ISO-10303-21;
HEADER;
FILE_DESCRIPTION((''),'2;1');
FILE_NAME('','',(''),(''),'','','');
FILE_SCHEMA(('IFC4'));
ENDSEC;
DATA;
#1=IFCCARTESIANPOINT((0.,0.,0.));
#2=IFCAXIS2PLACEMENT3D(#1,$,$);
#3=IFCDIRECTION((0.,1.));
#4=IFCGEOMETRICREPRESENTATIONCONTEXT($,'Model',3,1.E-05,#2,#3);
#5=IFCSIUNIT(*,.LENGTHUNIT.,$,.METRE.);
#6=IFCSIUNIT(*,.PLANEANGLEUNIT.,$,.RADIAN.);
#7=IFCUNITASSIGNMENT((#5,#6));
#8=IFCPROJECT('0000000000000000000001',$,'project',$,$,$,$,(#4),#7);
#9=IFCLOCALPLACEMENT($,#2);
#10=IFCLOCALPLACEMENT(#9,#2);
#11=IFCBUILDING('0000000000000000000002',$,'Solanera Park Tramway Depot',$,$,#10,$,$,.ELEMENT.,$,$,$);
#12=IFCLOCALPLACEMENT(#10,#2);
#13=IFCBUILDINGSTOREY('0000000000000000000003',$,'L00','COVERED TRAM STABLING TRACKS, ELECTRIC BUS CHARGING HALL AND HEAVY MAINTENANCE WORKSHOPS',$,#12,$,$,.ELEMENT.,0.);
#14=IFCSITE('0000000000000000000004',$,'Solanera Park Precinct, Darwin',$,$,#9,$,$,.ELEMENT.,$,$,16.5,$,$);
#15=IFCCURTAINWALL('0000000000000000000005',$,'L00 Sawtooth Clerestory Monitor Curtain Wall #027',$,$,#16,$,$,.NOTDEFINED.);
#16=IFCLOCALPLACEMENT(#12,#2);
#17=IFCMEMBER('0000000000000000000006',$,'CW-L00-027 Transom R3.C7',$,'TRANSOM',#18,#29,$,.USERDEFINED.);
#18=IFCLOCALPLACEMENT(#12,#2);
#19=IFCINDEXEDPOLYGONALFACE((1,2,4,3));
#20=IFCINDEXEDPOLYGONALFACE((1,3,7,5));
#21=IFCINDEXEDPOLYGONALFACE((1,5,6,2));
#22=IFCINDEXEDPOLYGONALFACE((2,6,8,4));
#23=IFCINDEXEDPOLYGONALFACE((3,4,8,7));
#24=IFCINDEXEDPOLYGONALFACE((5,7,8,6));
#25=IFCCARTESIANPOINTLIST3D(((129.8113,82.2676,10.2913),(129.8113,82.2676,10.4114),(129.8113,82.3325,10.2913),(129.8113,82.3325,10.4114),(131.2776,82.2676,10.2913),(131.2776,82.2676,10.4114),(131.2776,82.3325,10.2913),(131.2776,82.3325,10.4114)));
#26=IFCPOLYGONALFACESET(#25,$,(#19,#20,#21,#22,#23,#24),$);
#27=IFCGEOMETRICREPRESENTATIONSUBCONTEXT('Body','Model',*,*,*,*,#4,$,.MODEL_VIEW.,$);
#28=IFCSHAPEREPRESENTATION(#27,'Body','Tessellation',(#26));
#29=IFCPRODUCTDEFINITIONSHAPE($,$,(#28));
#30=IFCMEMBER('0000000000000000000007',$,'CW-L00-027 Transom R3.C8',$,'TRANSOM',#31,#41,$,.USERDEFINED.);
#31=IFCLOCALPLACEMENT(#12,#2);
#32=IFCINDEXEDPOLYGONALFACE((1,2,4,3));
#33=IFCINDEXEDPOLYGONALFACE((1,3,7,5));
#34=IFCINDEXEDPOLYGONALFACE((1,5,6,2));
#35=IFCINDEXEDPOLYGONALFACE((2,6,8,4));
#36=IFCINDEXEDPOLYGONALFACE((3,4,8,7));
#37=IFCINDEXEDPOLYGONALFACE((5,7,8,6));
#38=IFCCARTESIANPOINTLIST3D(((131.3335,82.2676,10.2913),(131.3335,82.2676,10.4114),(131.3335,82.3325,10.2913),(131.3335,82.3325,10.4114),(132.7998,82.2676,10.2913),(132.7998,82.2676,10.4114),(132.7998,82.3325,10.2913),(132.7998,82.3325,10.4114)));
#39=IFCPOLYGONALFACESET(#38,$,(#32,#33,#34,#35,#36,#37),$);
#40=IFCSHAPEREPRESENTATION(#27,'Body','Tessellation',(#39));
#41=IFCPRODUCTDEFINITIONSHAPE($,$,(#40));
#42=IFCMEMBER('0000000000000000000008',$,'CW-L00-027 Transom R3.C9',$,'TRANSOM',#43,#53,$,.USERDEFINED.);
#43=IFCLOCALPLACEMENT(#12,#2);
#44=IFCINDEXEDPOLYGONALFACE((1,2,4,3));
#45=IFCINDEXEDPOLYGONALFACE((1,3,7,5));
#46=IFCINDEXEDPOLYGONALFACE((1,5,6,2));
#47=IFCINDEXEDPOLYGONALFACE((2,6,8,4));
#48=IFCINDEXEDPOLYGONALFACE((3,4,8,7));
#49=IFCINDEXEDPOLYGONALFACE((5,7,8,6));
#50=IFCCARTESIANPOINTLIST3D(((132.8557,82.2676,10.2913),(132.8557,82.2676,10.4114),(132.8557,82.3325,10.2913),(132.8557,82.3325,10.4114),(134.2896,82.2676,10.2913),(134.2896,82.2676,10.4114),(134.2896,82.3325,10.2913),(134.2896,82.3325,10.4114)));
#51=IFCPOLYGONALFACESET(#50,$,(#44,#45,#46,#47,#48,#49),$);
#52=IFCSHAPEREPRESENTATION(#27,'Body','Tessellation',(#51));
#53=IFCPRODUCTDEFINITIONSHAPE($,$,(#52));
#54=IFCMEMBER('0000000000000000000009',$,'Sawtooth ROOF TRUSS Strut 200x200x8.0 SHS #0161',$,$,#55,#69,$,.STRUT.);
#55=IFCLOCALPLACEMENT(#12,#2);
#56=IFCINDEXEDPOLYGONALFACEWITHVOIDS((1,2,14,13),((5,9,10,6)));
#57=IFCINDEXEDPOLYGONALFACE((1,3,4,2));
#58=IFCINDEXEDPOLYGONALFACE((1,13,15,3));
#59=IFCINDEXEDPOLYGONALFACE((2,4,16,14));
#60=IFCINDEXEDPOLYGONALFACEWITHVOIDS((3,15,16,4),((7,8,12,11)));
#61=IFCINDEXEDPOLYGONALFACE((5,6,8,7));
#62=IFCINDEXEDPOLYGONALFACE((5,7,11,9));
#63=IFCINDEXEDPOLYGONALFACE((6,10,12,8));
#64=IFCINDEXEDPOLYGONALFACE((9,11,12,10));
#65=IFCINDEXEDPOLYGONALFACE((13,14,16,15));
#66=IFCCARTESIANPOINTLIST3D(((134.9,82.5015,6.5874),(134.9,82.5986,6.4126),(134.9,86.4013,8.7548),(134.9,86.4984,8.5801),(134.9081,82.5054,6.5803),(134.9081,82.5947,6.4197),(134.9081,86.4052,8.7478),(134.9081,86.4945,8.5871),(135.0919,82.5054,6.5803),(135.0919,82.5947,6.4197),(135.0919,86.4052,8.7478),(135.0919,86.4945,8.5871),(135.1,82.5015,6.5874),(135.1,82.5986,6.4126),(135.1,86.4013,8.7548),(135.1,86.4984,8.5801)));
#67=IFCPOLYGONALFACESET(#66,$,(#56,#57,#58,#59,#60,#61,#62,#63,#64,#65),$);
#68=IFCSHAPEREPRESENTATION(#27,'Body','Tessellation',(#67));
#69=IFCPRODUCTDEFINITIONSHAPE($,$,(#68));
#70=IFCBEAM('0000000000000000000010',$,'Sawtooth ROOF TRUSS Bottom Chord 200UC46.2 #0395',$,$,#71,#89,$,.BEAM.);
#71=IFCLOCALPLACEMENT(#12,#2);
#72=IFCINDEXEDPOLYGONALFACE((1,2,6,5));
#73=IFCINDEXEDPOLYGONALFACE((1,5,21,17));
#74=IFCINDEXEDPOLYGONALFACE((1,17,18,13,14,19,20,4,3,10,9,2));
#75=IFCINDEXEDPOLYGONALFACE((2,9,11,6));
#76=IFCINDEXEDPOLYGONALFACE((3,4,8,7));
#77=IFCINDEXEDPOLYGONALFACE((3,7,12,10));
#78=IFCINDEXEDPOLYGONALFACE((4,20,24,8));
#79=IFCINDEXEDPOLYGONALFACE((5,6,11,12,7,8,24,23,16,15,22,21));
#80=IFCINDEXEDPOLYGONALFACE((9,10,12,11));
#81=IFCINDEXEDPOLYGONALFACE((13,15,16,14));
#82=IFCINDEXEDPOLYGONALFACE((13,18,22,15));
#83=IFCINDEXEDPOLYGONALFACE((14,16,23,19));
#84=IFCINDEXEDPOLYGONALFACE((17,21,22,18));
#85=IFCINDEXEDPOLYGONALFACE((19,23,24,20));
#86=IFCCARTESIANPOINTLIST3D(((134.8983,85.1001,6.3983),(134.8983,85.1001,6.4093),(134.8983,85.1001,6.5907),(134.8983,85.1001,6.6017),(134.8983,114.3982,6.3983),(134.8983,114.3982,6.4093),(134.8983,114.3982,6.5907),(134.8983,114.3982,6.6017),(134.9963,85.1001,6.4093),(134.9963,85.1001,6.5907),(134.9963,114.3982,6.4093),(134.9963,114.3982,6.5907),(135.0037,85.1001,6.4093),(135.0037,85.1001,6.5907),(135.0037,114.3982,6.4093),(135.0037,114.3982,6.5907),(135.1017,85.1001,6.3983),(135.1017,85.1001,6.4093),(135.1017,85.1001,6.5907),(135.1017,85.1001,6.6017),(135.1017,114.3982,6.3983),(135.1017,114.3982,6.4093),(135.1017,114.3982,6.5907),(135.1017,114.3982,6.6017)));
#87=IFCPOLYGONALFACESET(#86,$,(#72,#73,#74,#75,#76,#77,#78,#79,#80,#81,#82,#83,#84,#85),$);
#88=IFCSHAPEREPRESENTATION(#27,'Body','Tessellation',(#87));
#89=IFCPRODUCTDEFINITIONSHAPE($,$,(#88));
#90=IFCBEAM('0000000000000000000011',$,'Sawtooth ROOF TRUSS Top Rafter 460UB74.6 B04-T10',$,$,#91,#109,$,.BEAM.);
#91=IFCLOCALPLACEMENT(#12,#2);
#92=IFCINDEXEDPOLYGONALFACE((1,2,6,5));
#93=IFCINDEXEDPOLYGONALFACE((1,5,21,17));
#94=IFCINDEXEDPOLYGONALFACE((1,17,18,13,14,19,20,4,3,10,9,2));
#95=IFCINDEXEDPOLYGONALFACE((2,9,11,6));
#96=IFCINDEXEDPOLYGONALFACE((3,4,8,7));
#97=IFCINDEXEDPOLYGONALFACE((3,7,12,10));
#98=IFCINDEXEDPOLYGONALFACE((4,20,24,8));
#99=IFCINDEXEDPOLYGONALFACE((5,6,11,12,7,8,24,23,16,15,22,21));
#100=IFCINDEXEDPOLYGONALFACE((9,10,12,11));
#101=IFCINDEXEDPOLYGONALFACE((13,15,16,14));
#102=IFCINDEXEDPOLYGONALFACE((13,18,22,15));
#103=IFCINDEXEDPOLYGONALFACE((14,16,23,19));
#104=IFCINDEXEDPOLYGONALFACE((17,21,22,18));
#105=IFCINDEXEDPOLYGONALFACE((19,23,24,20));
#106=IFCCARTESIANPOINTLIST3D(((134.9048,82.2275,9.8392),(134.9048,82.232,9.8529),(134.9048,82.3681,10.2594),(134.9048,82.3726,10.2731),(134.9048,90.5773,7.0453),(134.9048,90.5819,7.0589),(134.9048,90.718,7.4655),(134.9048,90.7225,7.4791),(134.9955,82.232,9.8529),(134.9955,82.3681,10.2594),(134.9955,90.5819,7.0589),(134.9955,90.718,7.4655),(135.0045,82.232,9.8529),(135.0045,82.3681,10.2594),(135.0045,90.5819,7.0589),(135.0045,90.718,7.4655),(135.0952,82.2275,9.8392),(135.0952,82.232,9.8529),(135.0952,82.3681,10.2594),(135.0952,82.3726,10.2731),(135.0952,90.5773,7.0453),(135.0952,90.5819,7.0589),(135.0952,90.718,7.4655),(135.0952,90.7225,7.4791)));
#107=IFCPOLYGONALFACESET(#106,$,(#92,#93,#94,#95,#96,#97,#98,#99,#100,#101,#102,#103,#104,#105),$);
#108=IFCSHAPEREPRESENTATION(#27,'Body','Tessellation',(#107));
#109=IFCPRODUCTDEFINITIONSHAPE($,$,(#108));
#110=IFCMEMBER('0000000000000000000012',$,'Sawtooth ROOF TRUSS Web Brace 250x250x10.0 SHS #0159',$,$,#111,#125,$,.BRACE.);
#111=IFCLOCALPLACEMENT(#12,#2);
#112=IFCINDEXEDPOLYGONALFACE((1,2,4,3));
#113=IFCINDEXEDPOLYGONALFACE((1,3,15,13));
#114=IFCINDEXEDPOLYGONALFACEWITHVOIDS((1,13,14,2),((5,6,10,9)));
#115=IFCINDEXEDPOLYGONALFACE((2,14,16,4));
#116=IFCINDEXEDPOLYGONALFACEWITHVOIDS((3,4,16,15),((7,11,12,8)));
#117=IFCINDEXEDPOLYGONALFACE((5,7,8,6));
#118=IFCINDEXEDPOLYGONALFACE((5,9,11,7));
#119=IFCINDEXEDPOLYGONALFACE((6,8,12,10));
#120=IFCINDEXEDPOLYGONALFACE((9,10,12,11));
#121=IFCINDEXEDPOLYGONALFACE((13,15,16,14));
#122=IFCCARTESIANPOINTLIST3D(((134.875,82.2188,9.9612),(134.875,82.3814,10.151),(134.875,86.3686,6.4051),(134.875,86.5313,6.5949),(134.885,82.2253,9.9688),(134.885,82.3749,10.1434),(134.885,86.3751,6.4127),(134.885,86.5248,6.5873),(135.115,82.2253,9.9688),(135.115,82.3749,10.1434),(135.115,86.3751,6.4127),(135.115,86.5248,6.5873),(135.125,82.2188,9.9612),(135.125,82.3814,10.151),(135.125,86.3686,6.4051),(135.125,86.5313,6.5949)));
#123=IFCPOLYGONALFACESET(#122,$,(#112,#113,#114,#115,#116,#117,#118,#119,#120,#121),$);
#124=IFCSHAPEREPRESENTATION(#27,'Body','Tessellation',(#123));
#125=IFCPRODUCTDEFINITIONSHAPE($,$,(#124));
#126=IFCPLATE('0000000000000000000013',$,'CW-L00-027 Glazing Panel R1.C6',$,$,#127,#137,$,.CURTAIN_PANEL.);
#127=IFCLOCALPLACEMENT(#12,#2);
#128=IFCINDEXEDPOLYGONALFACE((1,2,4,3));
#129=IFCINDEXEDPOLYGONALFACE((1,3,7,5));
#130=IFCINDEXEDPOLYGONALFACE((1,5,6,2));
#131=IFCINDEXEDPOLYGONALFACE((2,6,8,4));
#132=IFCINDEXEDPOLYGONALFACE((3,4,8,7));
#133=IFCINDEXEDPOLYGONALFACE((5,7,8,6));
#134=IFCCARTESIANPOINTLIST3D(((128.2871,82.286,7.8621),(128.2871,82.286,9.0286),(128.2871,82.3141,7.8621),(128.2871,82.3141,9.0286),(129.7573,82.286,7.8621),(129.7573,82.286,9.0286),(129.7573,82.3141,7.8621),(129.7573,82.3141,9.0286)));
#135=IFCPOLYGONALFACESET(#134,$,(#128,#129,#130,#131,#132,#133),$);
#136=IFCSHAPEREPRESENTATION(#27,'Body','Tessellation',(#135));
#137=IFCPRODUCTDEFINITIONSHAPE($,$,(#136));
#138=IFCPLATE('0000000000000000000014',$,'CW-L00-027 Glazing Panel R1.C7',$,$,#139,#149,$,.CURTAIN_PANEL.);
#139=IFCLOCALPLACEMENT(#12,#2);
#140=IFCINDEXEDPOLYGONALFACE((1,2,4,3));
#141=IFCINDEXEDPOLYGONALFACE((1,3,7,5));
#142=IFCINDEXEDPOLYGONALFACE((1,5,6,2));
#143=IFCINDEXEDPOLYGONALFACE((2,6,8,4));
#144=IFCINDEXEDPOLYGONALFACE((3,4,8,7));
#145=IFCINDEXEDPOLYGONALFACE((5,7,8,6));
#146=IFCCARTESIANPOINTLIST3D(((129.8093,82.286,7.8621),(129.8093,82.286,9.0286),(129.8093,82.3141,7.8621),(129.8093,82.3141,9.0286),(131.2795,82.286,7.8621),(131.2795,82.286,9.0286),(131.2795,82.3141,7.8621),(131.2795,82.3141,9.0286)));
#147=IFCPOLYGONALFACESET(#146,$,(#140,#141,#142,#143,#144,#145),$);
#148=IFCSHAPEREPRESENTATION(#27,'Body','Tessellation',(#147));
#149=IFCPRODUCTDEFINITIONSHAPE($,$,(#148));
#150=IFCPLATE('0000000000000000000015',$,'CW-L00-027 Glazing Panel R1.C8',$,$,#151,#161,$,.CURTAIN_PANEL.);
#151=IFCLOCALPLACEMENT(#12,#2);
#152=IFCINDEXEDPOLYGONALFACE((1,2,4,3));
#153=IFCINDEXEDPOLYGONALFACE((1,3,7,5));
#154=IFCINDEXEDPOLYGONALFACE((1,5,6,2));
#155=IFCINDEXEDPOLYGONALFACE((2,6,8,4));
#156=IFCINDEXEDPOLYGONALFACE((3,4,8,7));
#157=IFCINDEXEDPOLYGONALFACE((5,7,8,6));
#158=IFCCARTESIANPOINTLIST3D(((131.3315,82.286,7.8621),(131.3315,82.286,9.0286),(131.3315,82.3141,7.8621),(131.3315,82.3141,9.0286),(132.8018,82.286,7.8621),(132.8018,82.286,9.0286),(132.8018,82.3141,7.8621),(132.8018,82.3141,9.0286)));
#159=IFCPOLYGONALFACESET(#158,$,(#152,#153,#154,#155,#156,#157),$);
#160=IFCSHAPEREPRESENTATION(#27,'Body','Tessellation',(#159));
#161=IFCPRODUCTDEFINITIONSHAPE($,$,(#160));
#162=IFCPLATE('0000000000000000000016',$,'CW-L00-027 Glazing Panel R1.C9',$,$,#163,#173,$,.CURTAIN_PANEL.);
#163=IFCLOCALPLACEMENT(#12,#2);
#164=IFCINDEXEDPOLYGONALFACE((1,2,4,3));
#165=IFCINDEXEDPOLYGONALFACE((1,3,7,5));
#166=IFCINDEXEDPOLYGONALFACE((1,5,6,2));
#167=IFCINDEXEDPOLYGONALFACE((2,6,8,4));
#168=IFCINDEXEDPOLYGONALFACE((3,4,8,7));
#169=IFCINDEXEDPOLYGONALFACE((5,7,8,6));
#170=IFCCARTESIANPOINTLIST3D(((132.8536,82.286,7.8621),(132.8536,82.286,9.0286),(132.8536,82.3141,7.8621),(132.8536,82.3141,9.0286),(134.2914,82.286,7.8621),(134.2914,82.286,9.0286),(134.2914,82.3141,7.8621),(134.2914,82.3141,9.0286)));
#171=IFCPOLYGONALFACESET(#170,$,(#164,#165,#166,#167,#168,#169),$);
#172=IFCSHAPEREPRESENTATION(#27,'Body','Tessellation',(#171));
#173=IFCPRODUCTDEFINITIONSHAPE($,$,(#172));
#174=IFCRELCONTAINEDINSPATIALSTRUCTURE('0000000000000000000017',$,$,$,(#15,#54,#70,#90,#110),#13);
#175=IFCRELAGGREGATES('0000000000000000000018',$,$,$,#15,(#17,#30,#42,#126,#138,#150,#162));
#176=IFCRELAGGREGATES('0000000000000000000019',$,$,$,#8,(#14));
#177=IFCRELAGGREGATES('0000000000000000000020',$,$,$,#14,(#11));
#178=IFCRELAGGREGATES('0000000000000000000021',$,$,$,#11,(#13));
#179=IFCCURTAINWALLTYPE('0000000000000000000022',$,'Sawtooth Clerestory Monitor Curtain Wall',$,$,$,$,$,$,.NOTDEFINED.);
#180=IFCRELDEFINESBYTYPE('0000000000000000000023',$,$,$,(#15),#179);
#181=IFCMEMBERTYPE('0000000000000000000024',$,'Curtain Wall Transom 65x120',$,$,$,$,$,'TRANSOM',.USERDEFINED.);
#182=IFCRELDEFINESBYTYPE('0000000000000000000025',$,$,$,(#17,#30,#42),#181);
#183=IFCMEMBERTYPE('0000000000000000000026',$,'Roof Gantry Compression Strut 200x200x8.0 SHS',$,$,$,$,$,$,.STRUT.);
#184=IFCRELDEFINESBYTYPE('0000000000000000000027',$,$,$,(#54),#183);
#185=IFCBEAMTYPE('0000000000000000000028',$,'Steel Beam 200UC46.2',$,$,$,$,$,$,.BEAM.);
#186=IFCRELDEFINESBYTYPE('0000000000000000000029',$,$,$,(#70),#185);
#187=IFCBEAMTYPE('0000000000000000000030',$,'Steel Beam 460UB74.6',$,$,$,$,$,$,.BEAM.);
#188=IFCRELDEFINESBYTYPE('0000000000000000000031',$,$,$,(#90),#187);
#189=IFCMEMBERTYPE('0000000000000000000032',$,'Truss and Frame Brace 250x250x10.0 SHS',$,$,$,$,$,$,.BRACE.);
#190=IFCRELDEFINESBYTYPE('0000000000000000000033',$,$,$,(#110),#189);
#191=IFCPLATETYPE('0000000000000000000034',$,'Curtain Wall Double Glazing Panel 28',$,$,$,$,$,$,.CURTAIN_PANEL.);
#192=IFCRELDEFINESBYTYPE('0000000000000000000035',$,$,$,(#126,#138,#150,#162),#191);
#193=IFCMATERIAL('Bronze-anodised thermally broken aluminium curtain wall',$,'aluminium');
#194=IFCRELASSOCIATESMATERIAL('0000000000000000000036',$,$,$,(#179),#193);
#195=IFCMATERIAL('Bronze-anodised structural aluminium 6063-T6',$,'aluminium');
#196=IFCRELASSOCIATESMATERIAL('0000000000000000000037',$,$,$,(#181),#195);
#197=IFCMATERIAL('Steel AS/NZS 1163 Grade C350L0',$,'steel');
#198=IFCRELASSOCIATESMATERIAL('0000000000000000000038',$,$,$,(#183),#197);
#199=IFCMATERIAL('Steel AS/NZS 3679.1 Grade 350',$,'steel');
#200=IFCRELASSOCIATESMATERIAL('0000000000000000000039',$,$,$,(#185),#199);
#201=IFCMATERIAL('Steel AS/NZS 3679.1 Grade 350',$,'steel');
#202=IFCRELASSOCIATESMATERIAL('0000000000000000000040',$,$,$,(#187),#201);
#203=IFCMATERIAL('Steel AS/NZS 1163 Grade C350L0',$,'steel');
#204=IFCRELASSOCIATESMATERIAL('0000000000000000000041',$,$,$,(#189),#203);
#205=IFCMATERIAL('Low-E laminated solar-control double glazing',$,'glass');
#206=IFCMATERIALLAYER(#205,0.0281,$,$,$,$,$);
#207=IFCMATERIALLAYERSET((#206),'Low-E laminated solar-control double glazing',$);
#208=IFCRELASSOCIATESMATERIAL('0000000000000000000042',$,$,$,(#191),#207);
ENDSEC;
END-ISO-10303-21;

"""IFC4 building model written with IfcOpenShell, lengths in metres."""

from ifc_helpers import new_model, si_unit, direction, frame, origin, origin_2d, place, context, subcontext, project, spatial, rectangle, hollow_rectangle, i_section, extrude, material, layer, layer_set, material_profile, profile_set, type_object, element, aggregate, save


model = new_model("IFC4")

# Units and contexts
model_context = context("Model", 3, precision=1e-05, world=origin(), true_north=direction((0.0, 1.0)))
body_context = subcontext(model_context, "Body", "Model", "MODEL_VIEW")
ifc_project = project(units=[si_unit("LENGTHUNIT", "METRE"), si_unit("PLANEANGLEUNIT", "RADIAN")], contexts=[model_context])

# Site, building, storey
site_placement = place(None, origin())
site = spatial("IfcSite", under=ifc_project, at=site_placement, Name="Solanera Park Precinct, Darwin", CompositionType="ELEMENT", RefElevation=16.5)
building_placement = place(site_placement, origin())
building = spatial("IfcBuilding", under=site, at=building_placement, Name="Solanera Park Tramway Depot", CompositionType="ELEMENT")
storey_placement = place(building_placement, origin())
storey = spatial("IfcBuildingStorey", under=building, at=storey_placement, Name="L00", Description="COVERED TRAM STABLING TRACKS, ELECTRIC BUS CHARGING HALL AND HEAVY MAINTENANCE WORKSHOPS", CompositionType="ELEMENT", Elevation=0.0)

# Curtain wall, members
ifc_material_1 = material(Name="Bronze-anodised thermally broken aluminium curtain wall", Category="aluminium")
curtain_wall_type = type_object("IfcCurtainWallType", Name="Sawtooth Clerestory Monitor Curtain Wall", PredefinedType="NOTDEFINED", material=ifc_material_1)
curtain_wall_placement = place(storey_placement, origin())
curtain_wall = element("IfcCurtainWall", 1, at=curtain_wall_placement, inside=storey, type_object=curtain_wall_type, Name="L00 Sawtooth Clerestory Monitor Curtain Wall #027", PredefinedType="NOTDEFINED")
ifc_material_2 = material(Name="Bronze-anodised structural aluminium 6063-T6", Category="aluminium")
ifc_material_profile_1 = material_profile(ifc_material_2, rectangle(XDim=0.0649, YDim=0.1201, at=origin_2d()), Name="Curtain Wall Transom 65x120")
ifc_profile_set_1 = profile_set([ifc_material_profile_1], Name="Bronze-anodised structural aluminium 6063-T6")
member_type_1 = type_object("IfcMemberType", Name="Curtain Wall Transom 65x120", ElementType="TRANSOM", PredefinedType="USERDEFINED", material=ifc_profile_set_1)
member_1_placement = place(storey_placement, frame((129.8113, 82.3, 10.3513), z_axis=(1.0, 0.0, 0.0), x_axis=(0.0, 1.0, 0.0)))
member_1 = element("IfcMember", 2, at=member_1_placement, type_object=member_type_1, Name="CW-L00-027 Transom R3.C7", ObjectType="TRANSOM", PredefinedType="USERDEFINED", context=body_context, shape_type="SweptSolid", body=[
    extrude(rectangle(XDim=0.0649, YDim=0.1201, at=origin_2d()), origin(), (0.0, 0.0, 1.0), 1.4663),
])
member_2_placement = place(storey_placement, frame((131.3335, 82.3, 10.3513), z_axis=(1.0, 0.0, 0.0), x_axis=(0.0, 1.0, 0.0)))
member_2 = element("IfcMember", 3, at=member_2_placement, type_object=member_type_1, Name="CW-L00-027 Transom R3.C8", ObjectType="TRANSOM", PredefinedType="USERDEFINED", context=body_context, shape_type="SweptSolid", body=[
    extrude(rectangle(XDim=0.0649, YDim=0.1201, at=origin_2d()), origin(), (0.0, 0.0, 1.0), 1.4663),
])
member_3_placement = place(storey_placement, frame((132.8557, 82.3, 10.3513), z_axis=(1.0, 0.0, 0.0), x_axis=(0.0, 1.0, 0.0)))
member_3 = element("IfcMember", 4, at=member_3_placement, type_object=member_type_1, Name="CW-L00-027 Transom R3.C9", ObjectType="TRANSOM", PredefinedType="USERDEFINED", context=body_context, shape_type="SweptSolid", body=[
    extrude(rectangle(XDim=0.0649, YDim=0.1201, at=origin_2d()), origin(), (0.0, 0.0, 1.0), 1.4338),
])

# Member
ifc_material_3 = material(Name="Steel AS/NZS 1163 Grade C350L0", Category="steel")
ifc_material_profile_2 = material_profile(ifc_material_3, hollow_rectangle(XDim=0.2, YDim=0.2, WallThickness=0.0081, at=origin_2d()), Name="200x200x8.0 SHS")
ifc_profile_set_2 = profile_set([ifc_material_profile_2], Name="Steel AS/NZS 1163 Grade C350L0")
member_type_2 = type_object("IfcMemberType", Name="Roof Gantry Compression Strut 200x200x8.0 SHS", PredefinedType="STRUT", material=ifc_profile_set_2)
member_4_placement = place(storey_placement, frame((135.0, 82.55, 6.5), z_axis=(0.0, 0.874075, 0.485792), x_axis=(-1.0, 0.0, 0.0)))
element("IfcMember", 5, at=member_4_placement, inside=storey, type_object=member_type_2, Name="Sawtooth ROOF TRUSS Strut 200x200x8.0 SHS #0161", PredefinedType="STRUT", context=body_context, shape_type="SweptSolid", body=[
    extrude(hollow_rectangle(XDim=0.2, YDim=0.2, WallThickness=0.0081, at=origin_2d()), origin(), (0.0, 0.0, 1.0), 4.4617),
])

# Beams
ifc_material_4 = material(Name="Steel AS/NZS 3679.1 Grade 350", Category="steel")
ifc_material_profile_3 = material_profile(ifc_material_4, i_section(OverallWidth=0.2034, OverallDepth=0.2034, WebThickness=0.0073, FlangeThickness=0.011, at=origin_2d()), Name="200UC46.2")
ifc_profile_set_3 = profile_set([ifc_material_profile_3], Name="Steel AS/NZS 3679.1 Grade 350")
beam_type_1 = type_object("IfcBeamType", Name="Steel Beam 200UC46.2", PredefinedType="BEAM", material=ifc_profile_set_3)
beam_1_placement = place(storey_placement, frame((135.0, 85.1001, 6.5), z_axis=(0.0, 1.0, 0.0), x_axis=(-1.0, 0.0, 0.0)))
element("IfcBeam", 6, at=beam_1_placement, inside=storey, type_object=beam_type_1, Name="Sawtooth ROOF TRUSS Bottom Chord 200UC46.2 #0395", PredefinedType="BEAM", context=body_context, shape_type="SweptSolid", body=[
    extrude(i_section(OverallWidth=0.2034, OverallDepth=0.2034, WebThickness=0.0073, FlangeThickness=0.011, at=origin_2d()), origin(), (0.0, 0.0, 1.0), 29.2981),
])
ifc_material_5 = material(Name="Steel AS/NZS 3679.1 Grade 350", Category="steel")
ifc_material_profile_4 = material_profile(ifc_material_5, i_section(OverallWidth=0.1904, OverallDepth=0.4575, WebThickness=0.009, FlangeThickness=0.0144, at=origin_2d()), Name="460UB74.6")
ifc_profile_set_4 = profile_set([ifc_material_profile_4], Name="Steel AS/NZS 3679.1 Grade 350")
beam_type_2 = type_object("IfcBeamType", Name="Steel Beam 460UB74.6", PredefinedType="BEAM", material=ifc_profile_set_4)
beam_2_placement = place(storey_placement, frame((135.0, 82.3, 10.0562), z_axis=(0.0, 0.948319, -0.317317), x_axis=(-1.0, 0.0, 0.0)))
element("IfcBeam", 7, at=beam_2_placement, inside=storey, type_object=beam_type_2, Name="Sawtooth ROOF TRUSS Top Rafter 460UB74.6 B04-T10", PredefinedType="BEAM", context=body_context, shape_type="SweptSolid", body=[
    extrude(i_section(OverallWidth=0.1904, OverallDepth=0.4575, WebThickness=0.009, FlangeThickness=0.0144, at=origin_2d()), origin(), (0.0, 0.0, 1.0), 8.8049),
])

# Member
ifc_material_6 = material(Name="Steel AS/NZS 1163 Grade C350L0", Category="steel")
ifc_material_profile_5 = material_profile(ifc_material_6, hollow_rectangle(XDim=0.25, YDim=0.25, WallThickness=0.01, at=origin_2d()), Name="250x250x10.0 SHS")
ifc_profile_set_5 = profile_set([ifc_material_profile_5], Name="Steel AS/NZS 1163 Grade C350L0")
member_type_3 = type_object("IfcMemberType", Name="Truss and Frame Brace 250x250x10.0 SHS", PredefinedType="BRACE", material=ifc_profile_set_5)
member_5_placement = place(storey_placement, frame((135.0, 86.45, 6.5), z_axis=(0.0, -0.759339, 0.650696), x_axis=(1.0, 0.0, 0.0)))
element("IfcMember", 8, at=member_5_placement, inside=storey, type_object=member_type_3, Name="Sawtooth ROOF TRUSS Web Brace 250x250x10.0 SHS #0159", PredefinedType="BRACE", context=body_context, shape_type="SweptSolid", body=[
    extrude(hollow_rectangle(XDim=0.25, YDim=0.25, WallThickness=0.01, at=origin_2d()), origin(), (0.0, 0.0, 1.0), 5.4651),
])

# Plates
ifc_material_7 = material(Name="Low-E laminated solar-control double glazing", Category="glass")
ifc_layer_1 = layer(ifc_material_7, 0.0281)
ifc_layer_set_1 = layer_set([ifc_layer_1], Name="Low-E laminated solar-control double glazing")
plate_type_1 = type_object("IfcPlateType", Name="Curtain Wall Double Glazing Panel 28", PredefinedType="CURTAIN_PANEL", material=ifc_layer_set_1)
plate_1_placement = place(storey_placement, frame((129.0222, 82.3, 7.8621), z_axis=(0.0, 0.0, 1.0), x_axis=(1.0, 0.0, 0.0)))
plate_1 = element("IfcPlate", 9, at=plate_1_placement, type_object=plate_type_1, Name="CW-L00-027 Glazing Panel R1.C6", PredefinedType="CURTAIN_PANEL", context=body_context, shape_type="SweptSolid", body=[
    extrude(rectangle(XDim=1.4702, YDim=0.0281, at=origin_2d()), origin(), (0.0, 0.0, 1.0), 1.1665),
])
plate_2_placement = place(storey_placement, frame((130.5444, 82.3, 7.8621), z_axis=(0.0, 0.0, 1.0), x_axis=(1.0, 0.0, 0.0)))
plate_2 = element("IfcPlate", 10, at=plate_2_placement, type_object=plate_type_1, Name="CW-L00-027 Glazing Panel R1.C7", PredefinedType="CURTAIN_PANEL", context=body_context, shape_type="SweptSolid", body=[
    extrude(rectangle(XDim=1.4702, YDim=0.0281, at=origin_2d()), origin(), (0.0, 0.0, 1.0), 1.1665),
])
plate_3_placement = place(storey_placement, frame((132.0667, 82.3, 7.8621), z_axis=(0.0, 0.0, 1.0), x_axis=(1.0, 0.0, 0.0)))
plate_3 = element("IfcPlate", 11, at=plate_3_placement, type_object=plate_type_1, Name="CW-L00-027 Glazing Panel R1.C8", PredefinedType="CURTAIN_PANEL", context=body_context, shape_type="SweptSolid", body=[
    extrude(rectangle(XDim=1.4702, YDim=0.0281, at=origin_2d()), origin(), (0.0, 0.0, 1.0), 1.1665),
])
plate_4_placement = place(storey_placement, frame((133.5725, 82.3, 7.8621), z_axis=(0.0, 0.0, 1.0), x_axis=(1.0, 0.0, 0.0)))
plate_4 = element("IfcPlate", 12, at=plate_4_placement, type_object=plate_type_1, Name="CW-L00-027 Glazing Panel R1.C9", PredefinedType="CURTAIN_PANEL", context=body_context, shape_type="SweptSolid", body=[
    extrude(rectangle(XDim=1.4377, YDim=0.0281, at=origin_2d()), origin(), (0.0, 0.0, 1.0), 1.1665),
])
aggregate(curtain_wall, [member_1, member_2, member_3, plate_1, plate_2, plate_3, plate_4])

save(model, "model.ifc")
